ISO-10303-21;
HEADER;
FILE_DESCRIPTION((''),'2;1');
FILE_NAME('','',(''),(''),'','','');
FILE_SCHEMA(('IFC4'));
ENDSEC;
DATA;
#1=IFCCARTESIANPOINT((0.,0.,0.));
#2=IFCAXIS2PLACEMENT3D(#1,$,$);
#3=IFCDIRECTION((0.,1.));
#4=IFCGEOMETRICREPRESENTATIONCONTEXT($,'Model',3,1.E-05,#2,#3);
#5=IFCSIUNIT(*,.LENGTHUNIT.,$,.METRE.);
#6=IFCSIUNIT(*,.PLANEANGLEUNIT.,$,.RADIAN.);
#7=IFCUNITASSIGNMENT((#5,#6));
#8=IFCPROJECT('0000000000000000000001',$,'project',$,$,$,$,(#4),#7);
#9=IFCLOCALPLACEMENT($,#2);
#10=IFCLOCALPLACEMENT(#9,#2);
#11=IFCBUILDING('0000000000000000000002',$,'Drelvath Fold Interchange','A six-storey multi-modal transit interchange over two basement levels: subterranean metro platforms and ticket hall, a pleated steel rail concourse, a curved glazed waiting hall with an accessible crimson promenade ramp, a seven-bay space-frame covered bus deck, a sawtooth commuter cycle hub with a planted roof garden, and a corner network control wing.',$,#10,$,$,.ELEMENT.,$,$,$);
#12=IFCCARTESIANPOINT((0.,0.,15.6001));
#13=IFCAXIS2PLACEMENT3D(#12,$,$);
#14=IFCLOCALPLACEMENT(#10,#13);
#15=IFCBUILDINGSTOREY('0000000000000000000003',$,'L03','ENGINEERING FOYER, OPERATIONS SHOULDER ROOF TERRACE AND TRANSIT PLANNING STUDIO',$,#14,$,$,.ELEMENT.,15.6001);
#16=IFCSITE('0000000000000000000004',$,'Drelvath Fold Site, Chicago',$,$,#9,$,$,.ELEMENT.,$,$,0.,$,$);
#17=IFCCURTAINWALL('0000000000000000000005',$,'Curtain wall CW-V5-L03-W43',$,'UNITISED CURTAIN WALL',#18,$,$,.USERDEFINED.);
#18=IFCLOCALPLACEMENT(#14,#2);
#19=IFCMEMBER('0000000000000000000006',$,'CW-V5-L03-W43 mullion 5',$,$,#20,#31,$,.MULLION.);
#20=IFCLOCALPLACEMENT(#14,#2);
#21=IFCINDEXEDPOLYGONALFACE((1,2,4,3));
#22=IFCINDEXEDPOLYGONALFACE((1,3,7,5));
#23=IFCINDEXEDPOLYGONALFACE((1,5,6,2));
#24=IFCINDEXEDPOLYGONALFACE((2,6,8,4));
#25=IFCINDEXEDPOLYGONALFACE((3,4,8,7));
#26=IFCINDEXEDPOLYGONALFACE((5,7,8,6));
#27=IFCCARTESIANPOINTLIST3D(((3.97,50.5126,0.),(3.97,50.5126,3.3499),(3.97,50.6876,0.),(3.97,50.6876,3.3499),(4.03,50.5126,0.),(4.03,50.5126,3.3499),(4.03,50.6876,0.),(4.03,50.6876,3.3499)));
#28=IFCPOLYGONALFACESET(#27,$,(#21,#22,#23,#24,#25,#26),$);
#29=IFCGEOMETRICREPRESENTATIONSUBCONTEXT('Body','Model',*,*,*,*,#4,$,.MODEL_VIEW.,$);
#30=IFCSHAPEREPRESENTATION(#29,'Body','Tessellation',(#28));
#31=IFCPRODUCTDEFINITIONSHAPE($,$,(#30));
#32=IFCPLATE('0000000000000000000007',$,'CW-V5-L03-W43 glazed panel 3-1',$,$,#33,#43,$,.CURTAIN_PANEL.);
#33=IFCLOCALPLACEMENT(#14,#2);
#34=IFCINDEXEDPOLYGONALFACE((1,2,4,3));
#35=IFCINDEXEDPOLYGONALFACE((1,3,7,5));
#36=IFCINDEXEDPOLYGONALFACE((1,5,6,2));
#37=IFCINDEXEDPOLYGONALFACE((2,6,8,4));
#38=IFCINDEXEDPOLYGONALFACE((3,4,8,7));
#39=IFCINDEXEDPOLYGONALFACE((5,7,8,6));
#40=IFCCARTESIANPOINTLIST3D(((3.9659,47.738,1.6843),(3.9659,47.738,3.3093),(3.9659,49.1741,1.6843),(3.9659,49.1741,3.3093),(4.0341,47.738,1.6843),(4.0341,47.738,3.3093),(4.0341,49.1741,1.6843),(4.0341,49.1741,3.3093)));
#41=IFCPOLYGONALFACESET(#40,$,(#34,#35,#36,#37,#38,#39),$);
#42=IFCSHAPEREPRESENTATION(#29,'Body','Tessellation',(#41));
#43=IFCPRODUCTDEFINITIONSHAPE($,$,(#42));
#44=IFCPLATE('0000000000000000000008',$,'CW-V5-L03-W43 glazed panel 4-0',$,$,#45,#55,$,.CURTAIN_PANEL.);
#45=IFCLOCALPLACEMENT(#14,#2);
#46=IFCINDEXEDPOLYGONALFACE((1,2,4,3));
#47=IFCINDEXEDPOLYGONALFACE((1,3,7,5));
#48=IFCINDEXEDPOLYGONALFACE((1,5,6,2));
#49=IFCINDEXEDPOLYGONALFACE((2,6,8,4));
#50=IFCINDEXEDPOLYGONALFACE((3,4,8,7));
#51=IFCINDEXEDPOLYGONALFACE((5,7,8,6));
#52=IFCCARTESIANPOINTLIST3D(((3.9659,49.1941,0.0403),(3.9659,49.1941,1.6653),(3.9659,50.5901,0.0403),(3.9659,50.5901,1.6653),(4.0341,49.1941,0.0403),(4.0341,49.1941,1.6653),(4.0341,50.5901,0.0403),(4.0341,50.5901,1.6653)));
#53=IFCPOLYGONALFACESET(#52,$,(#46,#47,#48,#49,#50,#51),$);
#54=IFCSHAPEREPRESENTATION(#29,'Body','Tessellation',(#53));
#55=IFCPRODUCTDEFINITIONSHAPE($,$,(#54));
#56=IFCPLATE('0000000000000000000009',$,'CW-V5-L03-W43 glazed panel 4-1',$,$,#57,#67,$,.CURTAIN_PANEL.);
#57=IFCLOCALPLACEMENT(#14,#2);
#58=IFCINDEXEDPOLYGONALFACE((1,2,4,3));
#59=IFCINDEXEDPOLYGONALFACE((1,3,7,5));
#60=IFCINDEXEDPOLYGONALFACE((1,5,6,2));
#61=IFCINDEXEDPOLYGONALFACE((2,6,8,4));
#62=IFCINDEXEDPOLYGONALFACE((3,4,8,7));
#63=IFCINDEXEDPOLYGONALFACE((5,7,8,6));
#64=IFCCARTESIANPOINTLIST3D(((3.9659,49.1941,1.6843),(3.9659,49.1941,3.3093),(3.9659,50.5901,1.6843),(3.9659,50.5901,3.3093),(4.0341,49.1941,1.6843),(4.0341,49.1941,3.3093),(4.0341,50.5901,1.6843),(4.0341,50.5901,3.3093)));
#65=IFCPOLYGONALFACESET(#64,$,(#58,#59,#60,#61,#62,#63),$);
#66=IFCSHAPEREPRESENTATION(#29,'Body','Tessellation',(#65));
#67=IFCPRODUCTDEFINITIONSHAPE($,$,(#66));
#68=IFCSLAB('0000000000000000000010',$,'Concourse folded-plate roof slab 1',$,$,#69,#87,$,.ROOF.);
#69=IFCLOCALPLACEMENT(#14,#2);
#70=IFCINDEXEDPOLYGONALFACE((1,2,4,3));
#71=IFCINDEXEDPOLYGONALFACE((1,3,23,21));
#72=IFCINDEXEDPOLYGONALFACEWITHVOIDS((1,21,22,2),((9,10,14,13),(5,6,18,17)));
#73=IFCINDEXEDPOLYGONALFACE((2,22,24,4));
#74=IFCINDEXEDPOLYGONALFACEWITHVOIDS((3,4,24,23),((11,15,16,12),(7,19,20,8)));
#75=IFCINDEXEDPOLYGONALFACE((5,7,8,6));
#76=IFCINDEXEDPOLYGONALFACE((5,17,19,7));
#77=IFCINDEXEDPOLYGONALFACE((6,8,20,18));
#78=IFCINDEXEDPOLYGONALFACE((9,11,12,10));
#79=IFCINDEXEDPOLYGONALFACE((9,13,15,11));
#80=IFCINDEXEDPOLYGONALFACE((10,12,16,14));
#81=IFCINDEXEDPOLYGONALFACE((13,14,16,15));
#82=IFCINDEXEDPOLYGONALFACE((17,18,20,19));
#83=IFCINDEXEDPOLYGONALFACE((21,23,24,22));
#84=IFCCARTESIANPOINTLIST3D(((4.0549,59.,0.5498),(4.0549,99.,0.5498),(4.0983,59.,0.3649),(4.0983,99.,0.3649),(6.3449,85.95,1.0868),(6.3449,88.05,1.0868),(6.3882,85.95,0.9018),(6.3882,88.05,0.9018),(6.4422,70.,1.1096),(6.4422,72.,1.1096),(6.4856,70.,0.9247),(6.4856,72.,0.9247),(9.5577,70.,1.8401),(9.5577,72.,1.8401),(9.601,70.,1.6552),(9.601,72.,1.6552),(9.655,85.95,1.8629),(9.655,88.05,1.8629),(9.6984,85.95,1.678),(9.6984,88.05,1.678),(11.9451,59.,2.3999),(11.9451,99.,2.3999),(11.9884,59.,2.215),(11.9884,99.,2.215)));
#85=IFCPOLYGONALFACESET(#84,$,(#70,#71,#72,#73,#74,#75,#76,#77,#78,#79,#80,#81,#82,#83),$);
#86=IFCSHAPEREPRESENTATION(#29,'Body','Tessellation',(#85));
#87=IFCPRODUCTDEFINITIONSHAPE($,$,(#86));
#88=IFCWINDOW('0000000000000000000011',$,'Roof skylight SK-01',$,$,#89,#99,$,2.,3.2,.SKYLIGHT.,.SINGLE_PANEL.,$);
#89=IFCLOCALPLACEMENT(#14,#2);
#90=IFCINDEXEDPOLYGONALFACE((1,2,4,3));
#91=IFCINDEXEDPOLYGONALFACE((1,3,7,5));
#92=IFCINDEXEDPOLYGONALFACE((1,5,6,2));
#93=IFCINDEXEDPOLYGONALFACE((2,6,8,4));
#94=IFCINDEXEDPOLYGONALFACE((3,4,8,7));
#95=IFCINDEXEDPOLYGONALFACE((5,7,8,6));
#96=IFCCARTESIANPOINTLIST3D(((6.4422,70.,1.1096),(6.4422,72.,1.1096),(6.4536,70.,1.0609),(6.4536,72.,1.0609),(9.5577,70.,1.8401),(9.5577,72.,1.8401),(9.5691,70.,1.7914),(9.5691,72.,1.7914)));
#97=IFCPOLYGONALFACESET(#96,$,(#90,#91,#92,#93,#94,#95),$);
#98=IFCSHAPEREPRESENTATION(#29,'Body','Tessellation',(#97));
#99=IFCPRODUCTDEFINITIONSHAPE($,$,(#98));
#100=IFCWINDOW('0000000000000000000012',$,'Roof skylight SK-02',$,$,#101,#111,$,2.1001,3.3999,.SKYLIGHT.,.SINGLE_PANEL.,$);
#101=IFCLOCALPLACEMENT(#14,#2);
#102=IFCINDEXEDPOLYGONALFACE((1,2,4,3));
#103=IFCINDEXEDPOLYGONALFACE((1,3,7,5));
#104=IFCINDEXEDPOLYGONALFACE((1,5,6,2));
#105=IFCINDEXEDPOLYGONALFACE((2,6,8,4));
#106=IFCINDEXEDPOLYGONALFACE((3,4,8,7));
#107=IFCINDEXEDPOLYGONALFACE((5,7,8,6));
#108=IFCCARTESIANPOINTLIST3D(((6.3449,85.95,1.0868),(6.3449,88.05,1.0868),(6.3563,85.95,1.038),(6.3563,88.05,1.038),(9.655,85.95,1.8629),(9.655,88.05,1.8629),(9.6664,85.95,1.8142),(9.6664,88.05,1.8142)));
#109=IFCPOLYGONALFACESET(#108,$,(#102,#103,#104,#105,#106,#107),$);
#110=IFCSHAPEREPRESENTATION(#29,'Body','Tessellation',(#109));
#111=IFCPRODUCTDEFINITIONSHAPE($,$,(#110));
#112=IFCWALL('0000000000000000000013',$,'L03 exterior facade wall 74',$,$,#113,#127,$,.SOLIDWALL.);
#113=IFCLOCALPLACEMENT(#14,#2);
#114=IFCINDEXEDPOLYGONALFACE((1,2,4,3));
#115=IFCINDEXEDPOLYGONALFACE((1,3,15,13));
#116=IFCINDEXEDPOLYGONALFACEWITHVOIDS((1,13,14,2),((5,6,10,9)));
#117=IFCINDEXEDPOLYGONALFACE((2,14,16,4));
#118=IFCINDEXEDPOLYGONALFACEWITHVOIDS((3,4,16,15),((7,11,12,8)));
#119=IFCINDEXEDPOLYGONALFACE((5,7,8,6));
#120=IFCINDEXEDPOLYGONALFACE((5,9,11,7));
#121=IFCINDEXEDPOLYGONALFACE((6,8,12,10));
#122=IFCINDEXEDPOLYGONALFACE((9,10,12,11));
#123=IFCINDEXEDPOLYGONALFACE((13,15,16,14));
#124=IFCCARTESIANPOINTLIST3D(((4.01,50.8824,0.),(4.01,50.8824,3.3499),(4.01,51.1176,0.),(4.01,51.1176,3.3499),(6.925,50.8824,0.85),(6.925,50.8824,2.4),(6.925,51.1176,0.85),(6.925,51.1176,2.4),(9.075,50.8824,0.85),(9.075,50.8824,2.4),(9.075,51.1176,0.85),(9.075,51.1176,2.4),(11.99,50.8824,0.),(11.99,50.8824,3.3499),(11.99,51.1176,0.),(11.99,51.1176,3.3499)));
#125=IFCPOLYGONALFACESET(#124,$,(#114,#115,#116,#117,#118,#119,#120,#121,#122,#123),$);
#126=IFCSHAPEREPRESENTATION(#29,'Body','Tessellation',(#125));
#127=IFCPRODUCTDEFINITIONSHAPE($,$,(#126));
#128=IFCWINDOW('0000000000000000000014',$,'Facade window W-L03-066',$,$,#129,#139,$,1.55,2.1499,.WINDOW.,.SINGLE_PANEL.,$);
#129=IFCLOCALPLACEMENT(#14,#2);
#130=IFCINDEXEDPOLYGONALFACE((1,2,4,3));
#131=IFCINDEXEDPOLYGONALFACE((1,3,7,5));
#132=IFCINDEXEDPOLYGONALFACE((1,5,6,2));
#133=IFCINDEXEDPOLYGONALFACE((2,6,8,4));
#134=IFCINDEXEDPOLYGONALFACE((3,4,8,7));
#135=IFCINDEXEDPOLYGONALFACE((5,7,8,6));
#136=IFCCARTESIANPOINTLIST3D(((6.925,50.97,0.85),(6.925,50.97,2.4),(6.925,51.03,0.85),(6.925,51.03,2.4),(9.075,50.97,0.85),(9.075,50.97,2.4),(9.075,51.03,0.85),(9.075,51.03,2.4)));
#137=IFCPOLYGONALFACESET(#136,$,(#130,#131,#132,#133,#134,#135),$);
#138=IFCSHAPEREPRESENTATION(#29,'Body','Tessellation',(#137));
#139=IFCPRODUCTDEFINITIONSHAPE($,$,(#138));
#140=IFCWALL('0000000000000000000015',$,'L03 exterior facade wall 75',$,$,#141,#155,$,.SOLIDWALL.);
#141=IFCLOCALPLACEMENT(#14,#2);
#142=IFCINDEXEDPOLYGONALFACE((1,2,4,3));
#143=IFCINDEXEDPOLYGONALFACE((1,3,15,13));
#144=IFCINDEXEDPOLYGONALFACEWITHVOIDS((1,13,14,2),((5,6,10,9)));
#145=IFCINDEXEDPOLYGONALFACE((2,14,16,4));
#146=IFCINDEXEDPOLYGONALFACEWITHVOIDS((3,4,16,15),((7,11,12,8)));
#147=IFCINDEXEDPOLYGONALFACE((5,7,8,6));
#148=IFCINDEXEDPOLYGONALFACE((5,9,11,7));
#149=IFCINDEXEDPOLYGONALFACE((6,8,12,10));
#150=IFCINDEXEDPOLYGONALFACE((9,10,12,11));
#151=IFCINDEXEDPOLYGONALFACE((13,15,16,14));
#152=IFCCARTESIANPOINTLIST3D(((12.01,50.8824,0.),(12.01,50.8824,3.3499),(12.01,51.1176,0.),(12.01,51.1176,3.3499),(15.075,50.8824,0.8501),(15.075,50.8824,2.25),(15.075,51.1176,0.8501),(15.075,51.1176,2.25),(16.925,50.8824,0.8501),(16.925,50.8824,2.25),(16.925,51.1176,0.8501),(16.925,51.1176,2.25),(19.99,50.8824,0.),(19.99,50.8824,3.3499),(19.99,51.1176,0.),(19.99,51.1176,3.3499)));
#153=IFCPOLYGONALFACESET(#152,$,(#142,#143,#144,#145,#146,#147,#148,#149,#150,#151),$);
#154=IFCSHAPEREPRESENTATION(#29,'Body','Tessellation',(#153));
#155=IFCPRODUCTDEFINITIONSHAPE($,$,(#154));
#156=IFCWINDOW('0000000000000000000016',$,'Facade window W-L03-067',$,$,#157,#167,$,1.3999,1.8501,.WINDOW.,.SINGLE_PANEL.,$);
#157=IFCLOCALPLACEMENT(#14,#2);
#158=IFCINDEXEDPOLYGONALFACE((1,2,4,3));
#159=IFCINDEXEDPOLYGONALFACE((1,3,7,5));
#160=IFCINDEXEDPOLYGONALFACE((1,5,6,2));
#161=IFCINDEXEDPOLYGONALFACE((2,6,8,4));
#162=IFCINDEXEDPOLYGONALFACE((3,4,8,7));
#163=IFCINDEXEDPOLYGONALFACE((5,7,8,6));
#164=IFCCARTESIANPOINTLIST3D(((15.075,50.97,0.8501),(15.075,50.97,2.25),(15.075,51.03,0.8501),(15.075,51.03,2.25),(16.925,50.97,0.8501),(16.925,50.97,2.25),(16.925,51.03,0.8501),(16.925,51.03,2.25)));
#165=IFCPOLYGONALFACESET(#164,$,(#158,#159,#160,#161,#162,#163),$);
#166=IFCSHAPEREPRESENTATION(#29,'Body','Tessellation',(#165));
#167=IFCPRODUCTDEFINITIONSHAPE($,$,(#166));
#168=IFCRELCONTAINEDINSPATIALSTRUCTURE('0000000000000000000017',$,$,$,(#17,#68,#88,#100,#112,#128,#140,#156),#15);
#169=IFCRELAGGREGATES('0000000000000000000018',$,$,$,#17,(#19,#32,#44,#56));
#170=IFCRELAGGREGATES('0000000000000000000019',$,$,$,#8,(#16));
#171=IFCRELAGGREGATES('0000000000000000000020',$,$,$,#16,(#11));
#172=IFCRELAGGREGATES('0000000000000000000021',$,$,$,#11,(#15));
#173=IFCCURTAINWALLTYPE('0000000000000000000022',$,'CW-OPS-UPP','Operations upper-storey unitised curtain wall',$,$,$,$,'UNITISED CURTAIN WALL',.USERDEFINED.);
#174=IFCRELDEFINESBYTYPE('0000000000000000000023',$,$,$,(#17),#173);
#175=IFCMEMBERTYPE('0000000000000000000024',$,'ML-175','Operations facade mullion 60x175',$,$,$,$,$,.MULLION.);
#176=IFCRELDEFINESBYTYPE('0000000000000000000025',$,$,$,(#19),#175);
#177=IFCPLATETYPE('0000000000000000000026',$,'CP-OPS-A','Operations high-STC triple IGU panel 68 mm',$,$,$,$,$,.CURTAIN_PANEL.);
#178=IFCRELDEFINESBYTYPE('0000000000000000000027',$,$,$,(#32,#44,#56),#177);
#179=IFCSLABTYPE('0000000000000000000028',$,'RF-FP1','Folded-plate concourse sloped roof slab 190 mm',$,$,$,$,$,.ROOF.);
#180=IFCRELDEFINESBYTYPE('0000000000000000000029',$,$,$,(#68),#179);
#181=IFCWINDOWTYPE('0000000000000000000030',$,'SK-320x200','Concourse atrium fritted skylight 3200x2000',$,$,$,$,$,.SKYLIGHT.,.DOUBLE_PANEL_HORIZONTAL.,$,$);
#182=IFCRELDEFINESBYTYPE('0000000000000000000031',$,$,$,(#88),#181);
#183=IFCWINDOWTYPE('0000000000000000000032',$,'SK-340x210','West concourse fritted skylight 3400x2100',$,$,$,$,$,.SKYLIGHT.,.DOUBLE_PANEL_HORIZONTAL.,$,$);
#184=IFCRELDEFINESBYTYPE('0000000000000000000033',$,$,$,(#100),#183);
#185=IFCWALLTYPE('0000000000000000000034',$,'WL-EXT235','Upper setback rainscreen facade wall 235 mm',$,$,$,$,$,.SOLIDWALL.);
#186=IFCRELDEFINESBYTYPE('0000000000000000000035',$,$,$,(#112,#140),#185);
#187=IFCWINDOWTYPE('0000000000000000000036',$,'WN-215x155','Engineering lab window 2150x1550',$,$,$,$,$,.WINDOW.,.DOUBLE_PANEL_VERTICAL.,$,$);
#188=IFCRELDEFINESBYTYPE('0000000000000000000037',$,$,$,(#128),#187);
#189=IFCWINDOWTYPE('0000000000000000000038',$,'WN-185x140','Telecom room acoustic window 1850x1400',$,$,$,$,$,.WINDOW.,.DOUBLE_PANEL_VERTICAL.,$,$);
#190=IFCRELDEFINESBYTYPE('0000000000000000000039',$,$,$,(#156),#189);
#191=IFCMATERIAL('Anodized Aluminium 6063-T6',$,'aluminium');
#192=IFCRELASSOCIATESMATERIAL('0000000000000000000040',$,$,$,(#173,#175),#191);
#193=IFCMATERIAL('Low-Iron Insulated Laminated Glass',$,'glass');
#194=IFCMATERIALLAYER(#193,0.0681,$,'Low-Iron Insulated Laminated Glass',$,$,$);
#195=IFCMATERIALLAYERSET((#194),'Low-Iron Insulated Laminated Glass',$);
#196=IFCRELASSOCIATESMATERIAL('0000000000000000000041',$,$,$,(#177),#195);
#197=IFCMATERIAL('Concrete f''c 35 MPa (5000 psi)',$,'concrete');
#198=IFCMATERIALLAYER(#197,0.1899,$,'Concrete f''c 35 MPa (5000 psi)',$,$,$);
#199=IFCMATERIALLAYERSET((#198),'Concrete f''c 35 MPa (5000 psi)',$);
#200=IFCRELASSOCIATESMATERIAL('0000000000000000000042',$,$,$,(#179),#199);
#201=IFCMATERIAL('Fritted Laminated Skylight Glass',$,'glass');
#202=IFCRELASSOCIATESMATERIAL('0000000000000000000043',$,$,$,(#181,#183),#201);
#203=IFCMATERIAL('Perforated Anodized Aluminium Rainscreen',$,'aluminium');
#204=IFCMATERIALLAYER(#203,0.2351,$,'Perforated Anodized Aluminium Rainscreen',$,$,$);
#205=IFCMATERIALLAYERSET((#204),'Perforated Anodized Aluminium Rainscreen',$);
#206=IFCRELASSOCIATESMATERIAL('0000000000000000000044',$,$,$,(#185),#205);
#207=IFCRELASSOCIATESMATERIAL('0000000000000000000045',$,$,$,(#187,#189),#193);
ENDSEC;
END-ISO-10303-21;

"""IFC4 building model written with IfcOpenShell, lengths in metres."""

from ifc_helpers import new_model, si_unit, direction, frame, frame_2d, origin, origin_2d, place, context, subcontext, project, spatial, polyline, rectangle, outline, extrude, material, layer, layer_set, material_profile, profile_set, type_object, element, fill, aggregate, save


model = new_model("IFC4")

# Units and contexts
model_context = context("Model", 3, precision=1e-05, world=origin(), true_north=direction((0.0, 1.0)))
body_context = subcontext(model_context, "Body", "Model", "MODEL_VIEW")
ifc_project = project(units=[si_unit("LENGTHUNIT", "METRE"), si_unit("PLANEANGLEUNIT", "RADIAN")], contexts=[model_context])

# Site, building, storey
site_placement = place(None, origin())
site = spatial("IfcSite", under=ifc_project, at=site_placement, Name="Drelvath Fold Site, Chicago", CompositionType="ELEMENT", RefElevation=0.0)
building_placement = place(site_placement, origin())
building = spatial("IfcBuilding", under=site, at=building_placement, Name="Drelvath Fold Interchange", Description="A six-storey multi-modal transit interchange over two basement levels: subterranean metro platforms and ticket hall, a pleated steel rail concourse, a curved glazed waiting hall with an accessible crimson promenade ramp, a seven-bay space-frame covered bus deck, a sawtooth commuter cycle hub with a planted roof garden, and a corner network control wing.", CompositionType="ELEMENT")
storey_placement = place(building_placement, frame((0.0, 0.0, 15.6001)))
storey = spatial("IfcBuildingStorey", under=building, at=storey_placement, Name="L03", Description="ENGINEERING FOYER, OPERATIONS SHOULDER ROOF TERRACE AND TRANSIT PLANNING STUDIO", CompositionType="ELEMENT", Elevation=15.6001)

# Curtain wall, member, plates
ifc_material_1 = material(Name="Anodized Aluminium 6063-T6", Category="aluminium")
curtain_wall_type = type_object("IfcCurtainWallType", Name="CW-OPS-UPP", Description="Operations upper-storey unitised curtain wall", ElementType="UNITISED CURTAIN WALL", PredefinedType="USERDEFINED", material=ifc_material_1)
curtain_wall_placement = place(storey_placement, origin())
curtain_wall = element("IfcCurtainWall", 1, at=curtain_wall_placement, inside=storey, type_object=curtain_wall_type, Name="Curtain wall CW-V5-L03-W43", ObjectType="UNITISED CURTAIN WALL", PredefinedType="USERDEFINED")
ifc_material_profile_1 = material_profile(ifc_material_1, rectangle(XDim=0.0601, YDim=0.175, at=origin_2d()), Name="AL-M 60x175")
ifc_profile_set_1 = profile_set([ifc_material_profile_1], Name="Anodized Aluminium 6063-T6")
member_type = type_object("IfcMemberType", Name="ML-175", Description="Operations facade mullion 60x175", PredefinedType="MULLION", material=ifc_profile_set_1)
member_1_placement = place(storey_placement, frame((4.0, 50.6001, 0.0), z_axis=(0.0, 0.0, 1.0), x_axis=(1.0, 0.0, 0.0)))
member_1 = element("IfcMember", 2, at=member_1_placement, type_object=member_type, Name="CW-V5-L03-W43 mullion 5", PredefinedType="MULLION", context=body_context, shape_type="SweptSolid", body=[
    extrude(rectangle(XDim=0.0601, YDim=0.175, at=origin_2d()), origin(), (0.0, 0.0, 1.0), 3.3499),
])
ifc_material_2 = material(Name="Low-Iron Insulated Laminated Glass", Category="glass")
ifc_layer_1 = layer(ifc_material_2, 0.0681, Name="Low-Iron Insulated Laminated Glass")
ifc_layer_set_1 = layer_set([ifc_layer_1], Name="Low-Iron Insulated Laminated Glass")
plate_type = type_object("IfcPlateType", Name="CP-OPS-A", Description="Operations high-STC triple IGU panel 68 mm", PredefinedType="CURTAIN_PANEL", material=ifc_layer_set_1)
plate_1_placement = place(storey_placement, frame((4.0, 48.4561, 1.6843), z_axis=(0.0, 0.0, 1.0), x_axis=(0.0, 1.0, 0.0)))
plate_1 = element("IfcPlate", 3, at=plate_1_placement, type_object=plate_type, Name="CW-V5-L03-W43 glazed panel 3-1", PredefinedType="CURTAIN_PANEL", context=body_context, shape_type="SweptSolid", body=[
    extrude(rectangle(XDim=1.436, YDim=0.0681, at=origin_2d()), origin(), (0.0, 0.0, 1.0), 1.625),
])
plate_2_placement = place(storey_placement, frame((4.0, 49.8921, 0.0403), z_axis=(0.0, 0.0, 1.0), x_axis=(0.0, 1.0, 0.0)))
plate_2 = element("IfcPlate", 4, at=plate_2_placement, type_object=plate_type, Name="CW-V5-L03-W43 glazed panel 4-0", PredefinedType="CURTAIN_PANEL", context=body_context, shape_type="SweptSolid", body=[
    extrude(rectangle(XDim=1.396, YDim=0.0681, at=origin_2d()), origin(), (0.0, 0.0, 1.0), 1.625),
])
plate_3_placement = place(storey_placement, frame((4.0, 49.8921, 1.6843), z_axis=(0.0, 0.0, 1.0), x_axis=(0.0, 1.0, 0.0)))
plate_3 = element("IfcPlate", 5, at=plate_3_placement, type_object=plate_type, Name="CW-V5-L03-W43 glazed panel 4-1", PredefinedType="CURTAIN_PANEL", context=body_context, shape_type="SweptSolid", body=[
    extrude(rectangle(XDim=1.396, YDim=0.0681, at=origin_2d()), origin(), (0.0, 0.0, 1.0), 1.625),
])
aggregate(curtain_wall, [member_1, plate_1, plate_2, plate_3])

# Slab, openings, windows
ifc_material_3 = material(Name="Concrete f'c 35 MPa (5000 psi)", Category="concrete")
ifc_layer_2 = layer(ifc_material_3, 0.1899, Name="Concrete f'c 35 MPa (5000 psi)")
ifc_layer_set_2 = layer_set([ifc_layer_2], Name="Concrete f'c 35 MPa (5000 psi)")
slab_type = type_object("IfcSlabType", Name="RF-FP1", Description="Folded-plate concourse sloped roof slab 190 mm", PredefinedType="ROOF", material=ifc_layer_set_2)
slab_placement = place(storey_placement, frame((4.0549, 59.0, 0.5498), z_axis=(-0.22829, 0.0, 0.973593), x_axis=(0.973593, 0.0, 0.22829)))
slab = element("IfcSlab", 6, at=slab_placement, inside=storey, type_object=slab_type, Name="Concourse folded-plate roof slab 1", PredefinedType="ROOF", context=body_context, shape_type="SweptSolid", body=[
    extrude(outline(polyline([(0.0, 0.0), (8.1041, 0.0), (8.1041, 40.0), (0.0, 40.0), (0.0, 0.0)])), origin(), (0.0, 0.0, -1.0), 0.1899),
])
opening_1_placement = place(slab_placement, frame((4.052, 12.0, 0.01)))
opening_1 = element("IfcOpeningElement", 7, at=opening_1_placement, cuts=slab, PredefinedType="OPENING", context=body_context, shape_type="SweptSolid", body=[
    extrude(rectangle(XDim=3.2, YDim=2.0, at=origin_2d()), origin(), (0.0, 0.0, -1.0), 0.21),
])
opening_2_placement = place(slab_placement, frame((4.052, 28.0, 0.01)))
opening_2 = element("IfcOpeningElement", 8, at=opening_2_placement, cuts=slab, PredefinedType="OPENING", context=body_context, shape_type="SweptSolid", body=[
    extrude(rectangle(XDim=3.3999, YDim=2.1001, at=origin_2d()), origin(), (0.0, 0.0, -1.0), 0.21),
])
ifc_material_4 = material(Name="Fritted Laminated Skylight Glass", Category="glass")
window_type_1 = type_object("IfcWindowType", Name="SK-320x200", Description="Concourse atrium fritted skylight 3200x2000", PartitioningType="DOUBLE_PANEL_HORIZONTAL", PredefinedType="SKYLIGHT", material=ifc_material_4)
window_1_placement = place(slab_placement, frame((4.052, 12.0, 0.0)))
window_1 = element("IfcWindow", 9, at=window_1_placement, inside=storey, type_object=window_type_1, Name="Roof skylight SK-01", OverallHeight=2.0, OverallWidth=3.2, PartitioningType="SINGLE_PANEL", PredefinedType="SKYLIGHT", context=body_context, shape_type="SweptSolid", body=[
    extrude(rectangle(XDim=3.2, YDim=2.0, at=origin_2d()), origin(), (0.0, 0.0, -1.0), 0.05),
])
fill(opening_1, window_1)
window_type_2 = type_object("IfcWindowType", Name="SK-340x210", Description="West concourse fritted skylight 3400x2100", PartitioningType="DOUBLE_PANEL_HORIZONTAL", PredefinedType="SKYLIGHT", material=ifc_material_4)
window_2_placement = place(slab_placement, frame((4.052, 28.0, 0.0)))
window_2 = element("IfcWindow", 10, at=window_2_placement, inside=storey, type_object=window_type_2, Name="Roof skylight SK-02", OverallHeight=2.1001, OverallWidth=3.3999, PartitioningType="SINGLE_PANEL", PredefinedType="SKYLIGHT", context=body_context, shape_type="SweptSolid", body=[
    extrude(rectangle(XDim=3.3999, YDim=2.1001, at=origin_2d()), origin(), (0.0, 0.0, -1.0), 0.05),
])
fill(opening_2, window_2)

# Walls, openings, windows
ifc_material_5 = material(Name="Perforated Anodized Aluminium Rainscreen", Category="aluminium")
ifc_layer_3 = layer(ifc_material_5, 0.2351, Name="Perforated Anodized Aluminium Rainscreen")
ifc_layer_set_3 = layer_set([ifc_layer_3], Name="Perforated Anodized Aluminium Rainscreen")
wall_type_1 = type_object("IfcWallType", Name="WL-EXT235", Description="Upper setback rainscreen facade wall 235 mm", PredefinedType="SOLIDWALL", material=ifc_layer_set_3)
wall_1_placement = place(storey_placement, frame((4.01, 51.0, 0.0), z_axis=(0.0, 0.0, 1.0), x_axis=(1.0, 0.0, 0.0)))
wall_1 = element("IfcWall", 11, at=wall_1_placement, inside=storey, type_object=wall_type_1, Name="L03 exterior facade wall 74", PredefinedType="SOLIDWALL", context=body_context, shape_type="SweptSolid", body=[
    extrude(rectangle(XDim=7.98, YDim=0.2351, at=frame_2d((3.99, 0.0))), origin(), (0.0, 0.0, 1.0), 3.3499),
])
opening_3_placement = place(wall_1_placement, frame((2.915, 0.0, 0.8501)))
opening_3 = element("IfcOpeningElement", 12, at=opening_3_placement, cuts=wall_1, PredefinedType="OPENING", context=body_context, shape_type="SweptSolid", body=[
    extrude(rectangle(XDim=2.1499, YDim=1.55, at=frame_2d((1.075, 0.7749))), frame((0.0, 0.1274, 0.0), z_axis=(0.0, -1.0, 0.0), x_axis=(1.0, 0.0, 0.0)), (0.0, 0.0, 1.0), 0.2551),
])
window_type_3 = type_object("IfcWindowType", Name="WN-215x155", Description="Engineering lab window 2150x1550", PartitioningType="DOUBLE_PANEL_VERTICAL", PredefinedType="WINDOW", material=ifc_material_2)
window_3_placement = place(opening_3_placement, origin())
window_3 = element("IfcWindow", 13, at=window_3_placement, inside=storey, type_object=window_type_3, Name="Facade window W-L03-066", OverallHeight=1.55, OverallWidth=2.1499, PartitioningType="SINGLE_PANEL", PredefinedType="WINDOW", context=body_context, shape_type="SweptSolid", body=[
    extrude(rectangle(XDim=2.1499, YDim=1.55, at=frame_2d((1.075, 0.7749))), frame((0.0, 0.03, 0.0), z_axis=(0.0, -1.0, 0.0), x_axis=(1.0, 0.0, 0.0)), (0.0, 0.0, 1.0), 0.0601),
])
fill(opening_3, window_3)
wall_2_placement = place(storey_placement, frame((12.01, 51.0, 0.0), z_axis=(0.0, 0.0, 1.0), x_axis=(1.0, 0.0, 0.0)))
wall_2 = element("IfcWall", 14, at=wall_2_placement, inside=storey, type_object=wall_type_1, Name="L03 exterior facade wall 75", PredefinedType="SOLIDWALL", context=body_context, shape_type="SweptSolid", body=[
    extrude(rectangle(XDim=7.98, YDim=0.2351, at=frame_2d((3.99, 0.0))), origin(), (0.0, 0.0, 1.0), 3.3499),
])
opening_4_placement = place(wall_2_placement, frame((3.0649, 0.0, 0.8501)))
opening_4 = element("IfcOpeningElement", 15, at=opening_4_placement, cuts=wall_2, PredefinedType="OPENING", context=body_context, shape_type="SweptSolid", body=[
    extrude(rectangle(XDim=1.8501, YDim=1.3999, at=frame_2d((0.925, 0.7))), frame((0.0, 0.1274, 0.0), z_axis=(0.0, -1.0, 0.0), x_axis=(1.0, 0.0, 0.0)), (0.0, 0.0, 1.0), 0.2551),
])
window_type_4 = type_object("IfcWindowType", Name="WN-185x140", Description="Telecom room acoustic window 1850x1400", PartitioningType="DOUBLE_PANEL_VERTICAL", PredefinedType="WINDOW", material=ifc_material_2)
window_4_placement = place(opening_4_placement, origin())
window_4 = element("IfcWindow", 16, at=window_4_placement, inside=storey, type_object=window_type_4, Name="Facade window W-L03-067", OverallHeight=1.3999, OverallWidth=1.8501, PartitioningType="SINGLE_PANEL", PredefinedType="WINDOW", context=body_context, shape_type="SweptSolid", body=[
    extrude(rectangle(XDim=1.8501, YDim=1.3999, at=frame_2d((0.925, 0.7))), frame((0.0, 0.03, 0.0), z_axis=(0.0, -1.0, 0.0), x_axis=(1.0, 0.0, 0.0)), (0.0, 0.0, 1.0), 0.0601),
])
fill(opening_4, window_4)

save(model, "model.ifc")
